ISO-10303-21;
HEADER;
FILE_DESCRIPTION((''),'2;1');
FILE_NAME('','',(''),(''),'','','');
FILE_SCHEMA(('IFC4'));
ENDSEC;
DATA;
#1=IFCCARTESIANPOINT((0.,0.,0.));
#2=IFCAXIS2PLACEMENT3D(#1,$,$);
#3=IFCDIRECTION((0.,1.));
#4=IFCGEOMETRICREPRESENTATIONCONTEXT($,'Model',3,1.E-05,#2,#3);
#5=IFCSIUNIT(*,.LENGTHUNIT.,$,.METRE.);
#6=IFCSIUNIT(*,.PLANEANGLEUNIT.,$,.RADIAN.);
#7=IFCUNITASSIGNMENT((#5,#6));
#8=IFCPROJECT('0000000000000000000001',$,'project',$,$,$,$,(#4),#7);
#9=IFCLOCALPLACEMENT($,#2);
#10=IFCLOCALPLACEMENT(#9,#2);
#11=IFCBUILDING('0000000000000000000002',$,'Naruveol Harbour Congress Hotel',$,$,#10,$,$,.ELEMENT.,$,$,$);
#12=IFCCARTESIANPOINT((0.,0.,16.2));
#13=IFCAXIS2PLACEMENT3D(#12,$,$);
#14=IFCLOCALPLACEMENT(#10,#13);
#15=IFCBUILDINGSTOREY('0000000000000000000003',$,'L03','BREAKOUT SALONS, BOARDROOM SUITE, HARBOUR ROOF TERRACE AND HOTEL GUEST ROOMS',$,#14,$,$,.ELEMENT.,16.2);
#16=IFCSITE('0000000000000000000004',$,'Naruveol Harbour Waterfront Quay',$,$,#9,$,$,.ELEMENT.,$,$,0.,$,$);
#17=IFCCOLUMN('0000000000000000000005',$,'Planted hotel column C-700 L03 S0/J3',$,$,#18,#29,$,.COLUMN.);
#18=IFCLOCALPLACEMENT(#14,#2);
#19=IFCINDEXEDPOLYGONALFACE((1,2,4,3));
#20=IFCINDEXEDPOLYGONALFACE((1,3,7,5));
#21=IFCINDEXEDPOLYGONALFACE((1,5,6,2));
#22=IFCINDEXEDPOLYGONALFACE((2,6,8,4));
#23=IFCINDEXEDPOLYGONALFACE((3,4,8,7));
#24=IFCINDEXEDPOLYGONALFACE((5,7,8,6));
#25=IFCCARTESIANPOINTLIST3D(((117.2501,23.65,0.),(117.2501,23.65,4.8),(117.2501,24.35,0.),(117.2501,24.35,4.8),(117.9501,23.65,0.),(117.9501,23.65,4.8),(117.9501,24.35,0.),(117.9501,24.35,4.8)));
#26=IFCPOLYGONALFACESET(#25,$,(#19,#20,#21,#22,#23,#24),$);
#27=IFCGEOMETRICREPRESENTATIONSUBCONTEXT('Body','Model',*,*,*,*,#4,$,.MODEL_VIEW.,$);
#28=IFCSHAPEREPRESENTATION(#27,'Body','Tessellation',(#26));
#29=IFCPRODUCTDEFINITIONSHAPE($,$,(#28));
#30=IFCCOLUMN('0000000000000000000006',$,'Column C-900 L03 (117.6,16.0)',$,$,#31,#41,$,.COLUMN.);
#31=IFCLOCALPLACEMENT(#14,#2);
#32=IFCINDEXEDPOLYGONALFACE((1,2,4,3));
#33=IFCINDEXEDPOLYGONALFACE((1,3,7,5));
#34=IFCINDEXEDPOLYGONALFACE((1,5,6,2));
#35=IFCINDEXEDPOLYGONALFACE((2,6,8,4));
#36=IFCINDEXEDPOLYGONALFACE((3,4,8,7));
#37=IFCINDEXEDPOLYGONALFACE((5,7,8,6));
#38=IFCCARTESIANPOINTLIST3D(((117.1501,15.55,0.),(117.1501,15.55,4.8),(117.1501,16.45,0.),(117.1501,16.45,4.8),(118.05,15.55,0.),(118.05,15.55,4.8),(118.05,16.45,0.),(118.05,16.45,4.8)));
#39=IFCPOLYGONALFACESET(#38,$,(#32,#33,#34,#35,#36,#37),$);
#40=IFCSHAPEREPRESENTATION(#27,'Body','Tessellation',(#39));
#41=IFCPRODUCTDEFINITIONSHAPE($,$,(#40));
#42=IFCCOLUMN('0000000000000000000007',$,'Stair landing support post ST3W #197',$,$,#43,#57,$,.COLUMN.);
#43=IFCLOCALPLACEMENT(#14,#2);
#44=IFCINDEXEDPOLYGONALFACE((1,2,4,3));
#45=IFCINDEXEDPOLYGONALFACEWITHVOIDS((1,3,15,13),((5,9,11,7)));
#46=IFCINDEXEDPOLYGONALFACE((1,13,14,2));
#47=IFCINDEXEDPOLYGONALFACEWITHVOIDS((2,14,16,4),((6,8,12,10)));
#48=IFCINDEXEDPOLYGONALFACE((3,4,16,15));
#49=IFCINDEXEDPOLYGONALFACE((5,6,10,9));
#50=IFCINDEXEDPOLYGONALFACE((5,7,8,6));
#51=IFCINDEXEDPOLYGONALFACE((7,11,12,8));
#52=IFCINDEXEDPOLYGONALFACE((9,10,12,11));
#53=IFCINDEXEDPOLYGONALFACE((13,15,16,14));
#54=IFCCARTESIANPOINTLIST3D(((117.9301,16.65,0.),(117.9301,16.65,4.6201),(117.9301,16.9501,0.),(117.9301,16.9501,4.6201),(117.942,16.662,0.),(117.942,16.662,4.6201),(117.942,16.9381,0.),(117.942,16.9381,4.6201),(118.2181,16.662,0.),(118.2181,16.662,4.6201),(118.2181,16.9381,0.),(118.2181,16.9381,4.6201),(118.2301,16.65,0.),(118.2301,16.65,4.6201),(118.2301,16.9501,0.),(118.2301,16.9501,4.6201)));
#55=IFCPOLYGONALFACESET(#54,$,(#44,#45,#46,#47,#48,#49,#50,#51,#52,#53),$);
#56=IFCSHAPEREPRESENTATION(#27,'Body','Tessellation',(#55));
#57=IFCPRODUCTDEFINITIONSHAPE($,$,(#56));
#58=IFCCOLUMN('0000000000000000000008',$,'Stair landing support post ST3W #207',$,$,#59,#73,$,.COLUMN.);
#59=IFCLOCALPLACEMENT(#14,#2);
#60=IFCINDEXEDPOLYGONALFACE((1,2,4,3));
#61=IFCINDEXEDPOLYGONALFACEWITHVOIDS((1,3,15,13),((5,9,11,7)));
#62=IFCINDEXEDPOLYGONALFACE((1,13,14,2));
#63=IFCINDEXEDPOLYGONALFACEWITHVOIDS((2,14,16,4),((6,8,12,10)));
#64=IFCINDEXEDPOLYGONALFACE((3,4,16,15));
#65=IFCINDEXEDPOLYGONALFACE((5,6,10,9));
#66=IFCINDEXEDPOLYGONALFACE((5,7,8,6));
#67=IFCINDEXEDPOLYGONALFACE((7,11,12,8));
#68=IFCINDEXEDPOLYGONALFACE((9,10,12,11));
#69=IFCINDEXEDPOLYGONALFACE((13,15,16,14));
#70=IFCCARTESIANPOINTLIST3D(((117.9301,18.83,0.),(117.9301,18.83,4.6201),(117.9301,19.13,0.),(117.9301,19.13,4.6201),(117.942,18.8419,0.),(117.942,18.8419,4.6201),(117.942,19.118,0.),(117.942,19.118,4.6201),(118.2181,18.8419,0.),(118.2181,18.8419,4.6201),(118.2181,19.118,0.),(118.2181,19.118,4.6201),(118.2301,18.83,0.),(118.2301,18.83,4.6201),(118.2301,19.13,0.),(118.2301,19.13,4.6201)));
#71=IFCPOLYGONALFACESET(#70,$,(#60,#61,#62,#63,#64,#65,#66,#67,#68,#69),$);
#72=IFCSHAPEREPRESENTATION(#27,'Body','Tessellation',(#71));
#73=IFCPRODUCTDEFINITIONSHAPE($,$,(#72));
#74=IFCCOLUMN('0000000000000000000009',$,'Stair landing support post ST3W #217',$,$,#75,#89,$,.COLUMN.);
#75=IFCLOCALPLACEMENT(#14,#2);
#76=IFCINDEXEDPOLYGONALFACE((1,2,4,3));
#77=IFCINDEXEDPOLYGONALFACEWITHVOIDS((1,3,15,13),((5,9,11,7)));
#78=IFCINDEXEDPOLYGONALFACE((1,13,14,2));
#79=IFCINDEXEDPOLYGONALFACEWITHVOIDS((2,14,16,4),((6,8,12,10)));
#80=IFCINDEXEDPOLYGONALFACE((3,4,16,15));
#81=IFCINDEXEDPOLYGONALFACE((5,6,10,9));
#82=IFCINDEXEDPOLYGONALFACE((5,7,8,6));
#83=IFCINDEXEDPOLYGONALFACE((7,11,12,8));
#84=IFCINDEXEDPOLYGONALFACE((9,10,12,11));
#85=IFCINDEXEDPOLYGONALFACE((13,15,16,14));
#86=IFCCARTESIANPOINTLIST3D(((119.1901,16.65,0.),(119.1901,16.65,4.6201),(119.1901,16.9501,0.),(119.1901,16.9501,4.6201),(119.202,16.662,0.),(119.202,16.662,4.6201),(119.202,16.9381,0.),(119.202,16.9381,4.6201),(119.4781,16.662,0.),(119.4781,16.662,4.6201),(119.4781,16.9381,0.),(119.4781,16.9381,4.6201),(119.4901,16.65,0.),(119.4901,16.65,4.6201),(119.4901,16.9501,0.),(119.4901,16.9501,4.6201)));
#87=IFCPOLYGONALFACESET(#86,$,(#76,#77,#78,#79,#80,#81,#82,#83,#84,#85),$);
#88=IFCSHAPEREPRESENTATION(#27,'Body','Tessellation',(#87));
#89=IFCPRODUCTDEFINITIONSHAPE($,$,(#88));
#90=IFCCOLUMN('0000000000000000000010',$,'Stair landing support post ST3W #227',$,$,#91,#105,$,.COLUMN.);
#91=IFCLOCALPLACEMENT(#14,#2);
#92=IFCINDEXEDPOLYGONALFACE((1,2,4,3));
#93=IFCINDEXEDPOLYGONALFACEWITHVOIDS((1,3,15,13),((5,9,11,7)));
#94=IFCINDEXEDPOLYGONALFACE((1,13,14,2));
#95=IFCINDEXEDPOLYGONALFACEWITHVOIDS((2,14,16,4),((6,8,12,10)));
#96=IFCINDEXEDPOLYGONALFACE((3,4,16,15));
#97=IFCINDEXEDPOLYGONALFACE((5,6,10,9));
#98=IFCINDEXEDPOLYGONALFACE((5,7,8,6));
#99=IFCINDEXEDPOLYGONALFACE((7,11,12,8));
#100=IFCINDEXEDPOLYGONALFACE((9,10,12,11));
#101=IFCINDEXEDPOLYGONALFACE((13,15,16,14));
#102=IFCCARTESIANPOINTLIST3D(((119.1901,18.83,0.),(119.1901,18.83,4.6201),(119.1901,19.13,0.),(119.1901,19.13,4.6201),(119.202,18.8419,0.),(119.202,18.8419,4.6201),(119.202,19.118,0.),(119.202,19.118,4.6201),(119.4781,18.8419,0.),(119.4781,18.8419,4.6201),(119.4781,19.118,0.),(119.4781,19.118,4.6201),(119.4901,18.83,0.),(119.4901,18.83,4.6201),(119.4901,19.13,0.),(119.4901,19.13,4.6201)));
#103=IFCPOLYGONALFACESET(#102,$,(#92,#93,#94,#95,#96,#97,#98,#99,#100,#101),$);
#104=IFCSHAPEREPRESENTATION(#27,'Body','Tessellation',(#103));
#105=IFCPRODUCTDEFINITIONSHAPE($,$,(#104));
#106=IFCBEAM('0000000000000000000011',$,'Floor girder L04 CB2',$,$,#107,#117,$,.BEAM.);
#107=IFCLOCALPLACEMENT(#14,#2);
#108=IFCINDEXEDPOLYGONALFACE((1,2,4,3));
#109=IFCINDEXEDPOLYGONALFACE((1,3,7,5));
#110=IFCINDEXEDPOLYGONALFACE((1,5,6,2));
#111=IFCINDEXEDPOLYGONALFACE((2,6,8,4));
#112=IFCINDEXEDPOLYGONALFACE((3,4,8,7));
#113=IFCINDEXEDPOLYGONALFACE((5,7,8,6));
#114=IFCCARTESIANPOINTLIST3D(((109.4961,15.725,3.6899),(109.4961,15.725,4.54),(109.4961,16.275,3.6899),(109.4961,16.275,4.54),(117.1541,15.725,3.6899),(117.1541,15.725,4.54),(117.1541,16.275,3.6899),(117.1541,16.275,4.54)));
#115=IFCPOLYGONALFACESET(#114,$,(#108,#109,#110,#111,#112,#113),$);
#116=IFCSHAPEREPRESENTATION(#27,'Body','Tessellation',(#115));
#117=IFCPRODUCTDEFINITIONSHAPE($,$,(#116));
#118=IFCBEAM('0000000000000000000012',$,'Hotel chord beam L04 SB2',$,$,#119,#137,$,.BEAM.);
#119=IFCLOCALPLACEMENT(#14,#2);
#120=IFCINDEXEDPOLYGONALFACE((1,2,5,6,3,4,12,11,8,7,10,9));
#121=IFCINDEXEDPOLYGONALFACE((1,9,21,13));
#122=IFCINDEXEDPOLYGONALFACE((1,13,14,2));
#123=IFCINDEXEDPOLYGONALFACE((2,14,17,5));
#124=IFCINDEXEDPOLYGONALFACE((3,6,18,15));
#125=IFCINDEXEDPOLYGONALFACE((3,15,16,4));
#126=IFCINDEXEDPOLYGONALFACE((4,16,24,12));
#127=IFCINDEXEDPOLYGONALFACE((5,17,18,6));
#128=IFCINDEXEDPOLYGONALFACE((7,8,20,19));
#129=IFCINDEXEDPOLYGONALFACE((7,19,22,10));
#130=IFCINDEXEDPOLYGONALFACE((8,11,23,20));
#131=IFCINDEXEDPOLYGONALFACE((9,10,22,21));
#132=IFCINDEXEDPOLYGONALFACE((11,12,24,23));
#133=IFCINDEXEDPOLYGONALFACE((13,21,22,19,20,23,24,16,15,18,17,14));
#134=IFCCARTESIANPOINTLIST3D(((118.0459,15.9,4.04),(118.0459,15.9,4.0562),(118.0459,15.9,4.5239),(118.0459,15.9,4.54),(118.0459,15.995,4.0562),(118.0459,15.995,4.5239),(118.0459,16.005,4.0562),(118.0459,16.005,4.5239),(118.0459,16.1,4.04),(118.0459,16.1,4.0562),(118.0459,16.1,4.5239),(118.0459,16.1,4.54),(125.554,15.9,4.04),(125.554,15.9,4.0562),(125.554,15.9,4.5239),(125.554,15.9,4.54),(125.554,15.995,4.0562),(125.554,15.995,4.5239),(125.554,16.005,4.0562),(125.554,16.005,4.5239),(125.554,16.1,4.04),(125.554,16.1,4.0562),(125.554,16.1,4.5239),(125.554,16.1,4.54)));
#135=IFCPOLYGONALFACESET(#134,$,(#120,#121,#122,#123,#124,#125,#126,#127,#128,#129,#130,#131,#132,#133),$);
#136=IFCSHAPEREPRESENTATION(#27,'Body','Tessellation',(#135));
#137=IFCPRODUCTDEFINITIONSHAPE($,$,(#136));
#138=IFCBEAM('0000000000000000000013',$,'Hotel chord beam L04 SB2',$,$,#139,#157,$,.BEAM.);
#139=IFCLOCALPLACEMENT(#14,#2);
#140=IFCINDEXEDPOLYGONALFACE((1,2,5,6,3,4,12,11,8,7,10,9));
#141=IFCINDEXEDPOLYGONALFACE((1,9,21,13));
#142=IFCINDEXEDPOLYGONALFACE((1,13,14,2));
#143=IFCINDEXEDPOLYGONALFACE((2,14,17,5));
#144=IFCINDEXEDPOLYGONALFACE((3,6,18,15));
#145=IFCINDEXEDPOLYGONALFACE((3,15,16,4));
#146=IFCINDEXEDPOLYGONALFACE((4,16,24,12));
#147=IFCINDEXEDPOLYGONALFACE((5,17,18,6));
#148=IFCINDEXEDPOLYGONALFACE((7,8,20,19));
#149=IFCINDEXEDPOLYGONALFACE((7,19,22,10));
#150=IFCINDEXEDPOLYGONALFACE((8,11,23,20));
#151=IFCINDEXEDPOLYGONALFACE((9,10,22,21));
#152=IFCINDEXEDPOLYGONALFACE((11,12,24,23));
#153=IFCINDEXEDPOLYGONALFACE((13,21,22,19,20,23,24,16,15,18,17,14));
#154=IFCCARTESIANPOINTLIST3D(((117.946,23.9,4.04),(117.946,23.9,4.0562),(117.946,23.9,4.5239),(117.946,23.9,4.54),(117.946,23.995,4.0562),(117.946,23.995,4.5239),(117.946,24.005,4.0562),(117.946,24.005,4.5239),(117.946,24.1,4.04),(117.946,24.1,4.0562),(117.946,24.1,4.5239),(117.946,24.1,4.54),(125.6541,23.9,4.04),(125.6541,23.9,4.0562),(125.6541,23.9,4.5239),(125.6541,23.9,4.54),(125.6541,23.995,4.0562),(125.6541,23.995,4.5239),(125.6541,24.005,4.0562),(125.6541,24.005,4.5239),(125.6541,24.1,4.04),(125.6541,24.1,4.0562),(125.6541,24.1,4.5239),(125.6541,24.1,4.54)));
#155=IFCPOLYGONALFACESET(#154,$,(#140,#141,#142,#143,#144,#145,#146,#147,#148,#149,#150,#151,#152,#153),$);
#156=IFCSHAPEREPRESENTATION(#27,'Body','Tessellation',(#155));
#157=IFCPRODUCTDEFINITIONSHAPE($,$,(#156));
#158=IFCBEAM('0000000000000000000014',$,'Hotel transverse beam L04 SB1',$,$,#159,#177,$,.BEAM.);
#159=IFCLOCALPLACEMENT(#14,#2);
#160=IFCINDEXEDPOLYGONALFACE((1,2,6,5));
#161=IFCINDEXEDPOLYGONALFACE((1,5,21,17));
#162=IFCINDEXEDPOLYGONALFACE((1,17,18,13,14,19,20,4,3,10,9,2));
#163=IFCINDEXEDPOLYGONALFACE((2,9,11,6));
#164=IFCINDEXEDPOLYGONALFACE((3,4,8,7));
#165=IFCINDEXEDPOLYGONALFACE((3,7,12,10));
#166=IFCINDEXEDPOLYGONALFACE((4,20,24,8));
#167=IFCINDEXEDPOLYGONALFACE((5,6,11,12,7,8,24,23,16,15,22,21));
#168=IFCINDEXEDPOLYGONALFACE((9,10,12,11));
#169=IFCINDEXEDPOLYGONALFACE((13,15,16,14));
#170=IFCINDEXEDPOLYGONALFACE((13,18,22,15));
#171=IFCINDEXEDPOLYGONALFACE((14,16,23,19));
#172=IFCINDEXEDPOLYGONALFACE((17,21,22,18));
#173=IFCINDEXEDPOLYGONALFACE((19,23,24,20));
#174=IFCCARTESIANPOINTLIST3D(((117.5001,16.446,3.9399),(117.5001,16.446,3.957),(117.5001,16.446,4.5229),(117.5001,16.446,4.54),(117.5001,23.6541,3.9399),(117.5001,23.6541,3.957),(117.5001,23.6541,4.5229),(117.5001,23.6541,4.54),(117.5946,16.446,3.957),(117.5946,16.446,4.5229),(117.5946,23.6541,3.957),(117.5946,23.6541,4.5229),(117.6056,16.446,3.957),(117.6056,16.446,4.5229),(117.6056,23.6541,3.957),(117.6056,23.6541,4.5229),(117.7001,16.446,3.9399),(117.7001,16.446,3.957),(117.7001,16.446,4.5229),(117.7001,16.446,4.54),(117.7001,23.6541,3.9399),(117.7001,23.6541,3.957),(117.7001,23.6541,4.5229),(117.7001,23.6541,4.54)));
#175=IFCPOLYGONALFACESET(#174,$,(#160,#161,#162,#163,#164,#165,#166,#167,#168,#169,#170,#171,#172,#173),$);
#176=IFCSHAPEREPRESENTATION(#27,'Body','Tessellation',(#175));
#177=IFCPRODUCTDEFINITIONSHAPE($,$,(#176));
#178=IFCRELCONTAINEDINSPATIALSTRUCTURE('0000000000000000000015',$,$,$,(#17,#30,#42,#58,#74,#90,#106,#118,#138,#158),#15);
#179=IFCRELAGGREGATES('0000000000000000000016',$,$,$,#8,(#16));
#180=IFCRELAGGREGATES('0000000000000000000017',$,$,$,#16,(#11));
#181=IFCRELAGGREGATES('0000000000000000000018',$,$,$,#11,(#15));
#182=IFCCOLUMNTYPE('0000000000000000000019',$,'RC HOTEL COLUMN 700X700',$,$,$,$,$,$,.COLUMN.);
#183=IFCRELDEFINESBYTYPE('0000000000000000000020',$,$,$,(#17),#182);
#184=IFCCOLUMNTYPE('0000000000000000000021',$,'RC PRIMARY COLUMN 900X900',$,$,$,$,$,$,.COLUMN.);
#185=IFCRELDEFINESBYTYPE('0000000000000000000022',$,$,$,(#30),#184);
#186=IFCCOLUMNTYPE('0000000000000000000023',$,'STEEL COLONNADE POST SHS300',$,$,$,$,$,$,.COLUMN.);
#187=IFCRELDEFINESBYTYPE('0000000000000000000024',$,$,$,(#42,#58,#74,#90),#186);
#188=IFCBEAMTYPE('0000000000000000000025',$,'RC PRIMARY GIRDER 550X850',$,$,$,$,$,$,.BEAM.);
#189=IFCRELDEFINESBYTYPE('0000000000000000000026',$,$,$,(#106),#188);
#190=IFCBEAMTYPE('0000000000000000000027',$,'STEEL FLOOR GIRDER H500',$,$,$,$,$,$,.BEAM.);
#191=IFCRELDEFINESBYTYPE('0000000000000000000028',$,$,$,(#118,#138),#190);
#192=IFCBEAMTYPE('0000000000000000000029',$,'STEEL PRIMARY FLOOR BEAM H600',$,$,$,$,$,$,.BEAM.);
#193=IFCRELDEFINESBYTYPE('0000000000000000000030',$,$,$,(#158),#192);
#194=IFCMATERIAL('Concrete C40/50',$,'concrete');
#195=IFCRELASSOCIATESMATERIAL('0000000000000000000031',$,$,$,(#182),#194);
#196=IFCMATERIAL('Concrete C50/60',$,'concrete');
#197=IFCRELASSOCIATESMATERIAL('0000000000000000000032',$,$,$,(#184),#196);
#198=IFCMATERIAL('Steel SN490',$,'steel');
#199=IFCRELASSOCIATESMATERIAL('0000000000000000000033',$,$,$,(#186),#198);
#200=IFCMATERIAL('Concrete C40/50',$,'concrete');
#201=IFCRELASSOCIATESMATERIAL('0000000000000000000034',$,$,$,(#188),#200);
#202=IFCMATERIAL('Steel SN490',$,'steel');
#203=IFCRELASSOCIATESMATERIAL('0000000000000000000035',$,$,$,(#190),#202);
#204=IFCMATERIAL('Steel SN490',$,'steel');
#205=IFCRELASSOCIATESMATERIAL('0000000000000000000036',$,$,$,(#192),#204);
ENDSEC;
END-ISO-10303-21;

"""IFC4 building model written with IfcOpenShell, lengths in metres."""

from ifc_helpers import new_model, si_unit, direction, frame, origin, origin_2d, place, context, subcontext, project, spatial, rectangle, hollow_rectangle, i_section, extrude, material, material_profile, profile_set, type_object, element, save


model = new_model("IFC4")

# Units and contexts
model_context = context("Model", 3, precision=1e-05, world=origin(), true_north=direction((0.0, 1.0)))
body_context = subcontext(model_context, "Body", "Model", "MODEL_VIEW")
ifc_project = project(units=[si_unit("LENGTHUNIT", "METRE"), si_unit("PLANEANGLEUNIT", "RADIAN")], contexts=[model_context])

# Site, building, storey
site_placement = place(None, origin())
site = spatial("IfcSite", under=ifc_project, at=site_placement, Name="Naruveol Harbour Waterfront Quay", CompositionType="ELEMENT", RefElevation=0.0)
building_placement = place(site_placement, origin())
building = spatial("IfcBuilding", under=site, at=building_placement, Name="Naruveol Harbour Congress Hotel", CompositionType="ELEMENT")
storey_placement = place(building_placement, frame((0.0, 0.0, 16.2)))
storey = spatial("IfcBuildingStorey", under=building, at=storey_placement, Name="L03", Description="BREAKOUT SALONS, BOARDROOM SUITE, HARBOUR ROOF TERRACE AND HOTEL GUEST ROOMS", CompositionType="ELEMENT", Elevation=16.2)

# Columns
ifc_material_1 = material(Name="Concrete C40/50", Category="concrete")
ifc_material_profile_1 = material_profile(ifc_material_1, rectangle(XDim=0.7, YDim=0.7, at=origin_2d()), Name="RC-700x700")
ifc_profile_set_1 = profile_set([ifc_material_profile_1], Name="Concrete C40/50")
column_type_1 = type_object("IfcColumnType", Name="RC HOTEL COLUMN 700X700", PredefinedType="COLUMN", material=ifc_profile_set_1)
column_1_placement = place(storey_placement, frame((117.6001, 24.0, 0.0), z_axis=(0.0, 0.0, 1.0), x_axis=(1.0, 0.0, 0.0)))
element("IfcColumn", 1, at=column_1_placement, inside=storey, type_object=column_type_1, Name="Planted hotel column C-700 L03 S0/J3", PredefinedType="COLUMN", context=body_context, shape_type="SweptSolid", body=[
    extrude(rectangle(XDim=0.7, YDim=0.7, at=origin_2d()), origin(), (0.0, 0.0, 1.0), 4.8),
])
ifc_material_2 = material(Name="Concrete C50/60", Category="concrete")
ifc_material_profile_2 = material_profile(ifc_material_2, rectangle(XDim=0.8999, YDim=0.8999, at=origin_2d()), Name="RC-900x900")
ifc_profile_set_2 = profile_set([ifc_material_profile_2], Name="Concrete C50/60")
column_type_2 = type_object("IfcColumnType", Name="RC PRIMARY COLUMN 900X900", PredefinedType="COLUMN", material=ifc_profile_set_2)
column_2_placement = place(storey_placement, frame((117.6001, 16.0, 0.0), z_axis=(0.0, 0.0, 1.0), x_axis=(1.0, 0.0, 0.0)))
element("IfcColumn", 2, at=column_2_placement, inside=storey, type_object=column_type_2, Name="Column C-900 L03 (117.6,16.0)", PredefinedType="COLUMN", context=body_context, shape_type="SweptSolid", body=[
    extrude(rectangle(XDim=0.8999, YDim=0.8999, at=origin_2d()), origin(), (0.0, 0.0, 1.0), 4.8),
])
ifc_material_3 = material(Name="Steel SN490", Category="steel")
ifc_material_profile_3 = material_profile(ifc_material_3, hollow_rectangle(XDim=0.3, YDim=0.3, WallThickness=0.012, at=origin_2d()), Name="SHS-300x300x12")
ifc_profile_set_3 = profile_set([ifc_material_profile_3], Name="Steel SN490")
column_type_3 = type_object("IfcColumnType", Name="STEEL COLONNADE POST SHS300", PredefinedType="COLUMN", material=ifc_profile_set_3)
for number, where, z_axis, x_axis, name in (
    (3, (118.0801, 16.8, 0.0), (0.0, 0.0, 1.0), (1.0, 0.0, 0.0), "Stair landing support post ST3W #197"),
    (4, (118.0801, 18.98, 0.0), (0.0, 0.0, 1.0), (1.0, 0.0, 0.0), "Stair landing support post ST3W #207"),
    (5, (119.3401, 16.8, 0.0), (0.0, 0.0, 1.0), (1.0, 0.0, 0.0), "Stair landing support post ST3W #217"),
    (6, (119.3401, 18.98, 0.0), (0.0, 0.0, 1.0), (1.0, 0.0, 0.0), "Stair landing support post ST3W #227"),
):
    element("IfcColumn", number, at=place(storey_placement, frame(where, z_axis=z_axis, x_axis=x_axis)), inside=storey, type_object=column_type_3, Name=name, PredefinedType="COLUMN", context=body_context, shape_type="SweptSolid", body=[
        extrude(hollow_rectangle(XDim=0.3, YDim=0.3, WallThickness=0.012, at=origin_2d()), origin(), (0.0, 0.0, 1.0), 4.6201),
    ])

# Beams
ifc_material_4 = material(Name="Concrete C40/50", Category="concrete")
ifc_material_profile_4 = material_profile(ifc_material_4, rectangle(XDim=0.55, YDim=0.8501, at=origin_2d()), Name="RCB-550x850")
ifc_profile_set_4 = profile_set([ifc_material_profile_4], Name="Concrete C40/50")
beam_type_1 = type_object("IfcBeamType", Name="RC PRIMARY GIRDER 550X850", PredefinedType="BEAM", material=ifc_profile_set_4)
beam_1_placement = place(storey_placement, frame((109.4961, 16.0, 4.115), z_axis=(1.0, 0.0, 0.0), x_axis=(0.0, 1.0, 0.0)))
element("IfcBeam", 7, at=beam_1_placement, inside=storey, type_object=beam_type_1, Name="Floor girder L04 CB2", PredefinedType="BEAM", context=body_context, shape_type="SweptSolid", body=[
    extrude(rectangle(XDim=0.55, YDim=0.8501, at=origin_2d()), origin(), (0.0, 0.0, 1.0), 7.658),
])
ifc_material_5 = material(Name="Steel SN490", Category="steel")
ifc_material_profile_5 = material_profile(ifc_material_5, i_section(OverallWidth=0.2, OverallDepth=0.5, WebThickness=0.01, FlangeThickness=0.0161, at=origin_2d()), Name="H-500x200x10x16")
ifc_profile_set_5 = profile_set([ifc_material_profile_5], Name="Steel SN490")
beam_type_2 = type_object("IfcBeamType", Name="STEEL FLOOR GIRDER H500", PredefinedType="BEAM", material=ifc_profile_set_5)
beam_2_placement = place(storey_placement, frame((118.0459, 16.0, 4.29), z_axis=(1.0, 0.0, 0.0), x_axis=(0.0, 1.0, 0.0)))
element("IfcBeam", 8, at=beam_2_placement, inside=storey, type_object=beam_type_2, Name="Hotel chord beam L04 SB2", PredefinedType="BEAM", context=body_context, shape_type="SweptSolid", body=[
    extrude(i_section(OverallWidth=0.2, OverallDepth=0.5, WebThickness=0.01, FlangeThickness=0.0161, at=origin_2d()), origin(), (0.0, 0.0, 1.0), 7.5081),
])
beam_3_placement = place(storey_placement, frame((117.946, 24.0, 4.29), z_axis=(1.0, 0.0, 0.0), x_axis=(0.0, 1.0, 0.0)))
element("IfcBeam", 9, at=beam_3_placement, inside=storey, type_object=beam_type_2, Name="Hotel chord beam L04 SB2", PredefinedType="BEAM", context=body_context, shape_type="SweptSolid", body=[
    extrude(i_section(OverallWidth=0.2, OverallDepth=0.5, WebThickness=0.01, FlangeThickness=0.0161, at=origin_2d()), origin(), (0.0, 0.0, 1.0), 7.708),
])
ifc_material_6 = material(Name="Steel SN490", Category="steel")
ifc_material_profile_6 = material_profile(ifc_material_6, i_section(OverallWidth=0.2, OverallDepth=0.6001, WebThickness=0.011, FlangeThickness=0.0171, at=origin_2d()), Name="H-600x200x11x17")
ifc_profile_set_6 = profile_set([ifc_material_profile_6], Name="Steel SN490")
beam_type_3 = type_object("IfcBeamType", Name="STEEL PRIMARY FLOOR BEAM H600", PredefinedType="BEAM", material=ifc_profile_set_6)
beam_4_placement = place(storey_placement, frame((117.6001, 16.446, 4.24), z_axis=(0.0, 1.0, 0.0), x_axis=(-1.0, 0.0, 0.0)))
element("IfcBeam", 10, at=beam_4_placement, inside=storey, type_object=beam_type_3, Name="Hotel transverse beam L04 SB1", PredefinedType="BEAM", context=body_context, shape_type="SweptSolid", body=[
    extrude(i_section(OverallWidth=0.2, OverallDepth=0.6001, WebThickness=0.011, FlangeThickness=0.0171, at=origin_2d()), origin(), (0.0, 0.0, 1.0), 7.208),
])

save(model, "model.ifc")
